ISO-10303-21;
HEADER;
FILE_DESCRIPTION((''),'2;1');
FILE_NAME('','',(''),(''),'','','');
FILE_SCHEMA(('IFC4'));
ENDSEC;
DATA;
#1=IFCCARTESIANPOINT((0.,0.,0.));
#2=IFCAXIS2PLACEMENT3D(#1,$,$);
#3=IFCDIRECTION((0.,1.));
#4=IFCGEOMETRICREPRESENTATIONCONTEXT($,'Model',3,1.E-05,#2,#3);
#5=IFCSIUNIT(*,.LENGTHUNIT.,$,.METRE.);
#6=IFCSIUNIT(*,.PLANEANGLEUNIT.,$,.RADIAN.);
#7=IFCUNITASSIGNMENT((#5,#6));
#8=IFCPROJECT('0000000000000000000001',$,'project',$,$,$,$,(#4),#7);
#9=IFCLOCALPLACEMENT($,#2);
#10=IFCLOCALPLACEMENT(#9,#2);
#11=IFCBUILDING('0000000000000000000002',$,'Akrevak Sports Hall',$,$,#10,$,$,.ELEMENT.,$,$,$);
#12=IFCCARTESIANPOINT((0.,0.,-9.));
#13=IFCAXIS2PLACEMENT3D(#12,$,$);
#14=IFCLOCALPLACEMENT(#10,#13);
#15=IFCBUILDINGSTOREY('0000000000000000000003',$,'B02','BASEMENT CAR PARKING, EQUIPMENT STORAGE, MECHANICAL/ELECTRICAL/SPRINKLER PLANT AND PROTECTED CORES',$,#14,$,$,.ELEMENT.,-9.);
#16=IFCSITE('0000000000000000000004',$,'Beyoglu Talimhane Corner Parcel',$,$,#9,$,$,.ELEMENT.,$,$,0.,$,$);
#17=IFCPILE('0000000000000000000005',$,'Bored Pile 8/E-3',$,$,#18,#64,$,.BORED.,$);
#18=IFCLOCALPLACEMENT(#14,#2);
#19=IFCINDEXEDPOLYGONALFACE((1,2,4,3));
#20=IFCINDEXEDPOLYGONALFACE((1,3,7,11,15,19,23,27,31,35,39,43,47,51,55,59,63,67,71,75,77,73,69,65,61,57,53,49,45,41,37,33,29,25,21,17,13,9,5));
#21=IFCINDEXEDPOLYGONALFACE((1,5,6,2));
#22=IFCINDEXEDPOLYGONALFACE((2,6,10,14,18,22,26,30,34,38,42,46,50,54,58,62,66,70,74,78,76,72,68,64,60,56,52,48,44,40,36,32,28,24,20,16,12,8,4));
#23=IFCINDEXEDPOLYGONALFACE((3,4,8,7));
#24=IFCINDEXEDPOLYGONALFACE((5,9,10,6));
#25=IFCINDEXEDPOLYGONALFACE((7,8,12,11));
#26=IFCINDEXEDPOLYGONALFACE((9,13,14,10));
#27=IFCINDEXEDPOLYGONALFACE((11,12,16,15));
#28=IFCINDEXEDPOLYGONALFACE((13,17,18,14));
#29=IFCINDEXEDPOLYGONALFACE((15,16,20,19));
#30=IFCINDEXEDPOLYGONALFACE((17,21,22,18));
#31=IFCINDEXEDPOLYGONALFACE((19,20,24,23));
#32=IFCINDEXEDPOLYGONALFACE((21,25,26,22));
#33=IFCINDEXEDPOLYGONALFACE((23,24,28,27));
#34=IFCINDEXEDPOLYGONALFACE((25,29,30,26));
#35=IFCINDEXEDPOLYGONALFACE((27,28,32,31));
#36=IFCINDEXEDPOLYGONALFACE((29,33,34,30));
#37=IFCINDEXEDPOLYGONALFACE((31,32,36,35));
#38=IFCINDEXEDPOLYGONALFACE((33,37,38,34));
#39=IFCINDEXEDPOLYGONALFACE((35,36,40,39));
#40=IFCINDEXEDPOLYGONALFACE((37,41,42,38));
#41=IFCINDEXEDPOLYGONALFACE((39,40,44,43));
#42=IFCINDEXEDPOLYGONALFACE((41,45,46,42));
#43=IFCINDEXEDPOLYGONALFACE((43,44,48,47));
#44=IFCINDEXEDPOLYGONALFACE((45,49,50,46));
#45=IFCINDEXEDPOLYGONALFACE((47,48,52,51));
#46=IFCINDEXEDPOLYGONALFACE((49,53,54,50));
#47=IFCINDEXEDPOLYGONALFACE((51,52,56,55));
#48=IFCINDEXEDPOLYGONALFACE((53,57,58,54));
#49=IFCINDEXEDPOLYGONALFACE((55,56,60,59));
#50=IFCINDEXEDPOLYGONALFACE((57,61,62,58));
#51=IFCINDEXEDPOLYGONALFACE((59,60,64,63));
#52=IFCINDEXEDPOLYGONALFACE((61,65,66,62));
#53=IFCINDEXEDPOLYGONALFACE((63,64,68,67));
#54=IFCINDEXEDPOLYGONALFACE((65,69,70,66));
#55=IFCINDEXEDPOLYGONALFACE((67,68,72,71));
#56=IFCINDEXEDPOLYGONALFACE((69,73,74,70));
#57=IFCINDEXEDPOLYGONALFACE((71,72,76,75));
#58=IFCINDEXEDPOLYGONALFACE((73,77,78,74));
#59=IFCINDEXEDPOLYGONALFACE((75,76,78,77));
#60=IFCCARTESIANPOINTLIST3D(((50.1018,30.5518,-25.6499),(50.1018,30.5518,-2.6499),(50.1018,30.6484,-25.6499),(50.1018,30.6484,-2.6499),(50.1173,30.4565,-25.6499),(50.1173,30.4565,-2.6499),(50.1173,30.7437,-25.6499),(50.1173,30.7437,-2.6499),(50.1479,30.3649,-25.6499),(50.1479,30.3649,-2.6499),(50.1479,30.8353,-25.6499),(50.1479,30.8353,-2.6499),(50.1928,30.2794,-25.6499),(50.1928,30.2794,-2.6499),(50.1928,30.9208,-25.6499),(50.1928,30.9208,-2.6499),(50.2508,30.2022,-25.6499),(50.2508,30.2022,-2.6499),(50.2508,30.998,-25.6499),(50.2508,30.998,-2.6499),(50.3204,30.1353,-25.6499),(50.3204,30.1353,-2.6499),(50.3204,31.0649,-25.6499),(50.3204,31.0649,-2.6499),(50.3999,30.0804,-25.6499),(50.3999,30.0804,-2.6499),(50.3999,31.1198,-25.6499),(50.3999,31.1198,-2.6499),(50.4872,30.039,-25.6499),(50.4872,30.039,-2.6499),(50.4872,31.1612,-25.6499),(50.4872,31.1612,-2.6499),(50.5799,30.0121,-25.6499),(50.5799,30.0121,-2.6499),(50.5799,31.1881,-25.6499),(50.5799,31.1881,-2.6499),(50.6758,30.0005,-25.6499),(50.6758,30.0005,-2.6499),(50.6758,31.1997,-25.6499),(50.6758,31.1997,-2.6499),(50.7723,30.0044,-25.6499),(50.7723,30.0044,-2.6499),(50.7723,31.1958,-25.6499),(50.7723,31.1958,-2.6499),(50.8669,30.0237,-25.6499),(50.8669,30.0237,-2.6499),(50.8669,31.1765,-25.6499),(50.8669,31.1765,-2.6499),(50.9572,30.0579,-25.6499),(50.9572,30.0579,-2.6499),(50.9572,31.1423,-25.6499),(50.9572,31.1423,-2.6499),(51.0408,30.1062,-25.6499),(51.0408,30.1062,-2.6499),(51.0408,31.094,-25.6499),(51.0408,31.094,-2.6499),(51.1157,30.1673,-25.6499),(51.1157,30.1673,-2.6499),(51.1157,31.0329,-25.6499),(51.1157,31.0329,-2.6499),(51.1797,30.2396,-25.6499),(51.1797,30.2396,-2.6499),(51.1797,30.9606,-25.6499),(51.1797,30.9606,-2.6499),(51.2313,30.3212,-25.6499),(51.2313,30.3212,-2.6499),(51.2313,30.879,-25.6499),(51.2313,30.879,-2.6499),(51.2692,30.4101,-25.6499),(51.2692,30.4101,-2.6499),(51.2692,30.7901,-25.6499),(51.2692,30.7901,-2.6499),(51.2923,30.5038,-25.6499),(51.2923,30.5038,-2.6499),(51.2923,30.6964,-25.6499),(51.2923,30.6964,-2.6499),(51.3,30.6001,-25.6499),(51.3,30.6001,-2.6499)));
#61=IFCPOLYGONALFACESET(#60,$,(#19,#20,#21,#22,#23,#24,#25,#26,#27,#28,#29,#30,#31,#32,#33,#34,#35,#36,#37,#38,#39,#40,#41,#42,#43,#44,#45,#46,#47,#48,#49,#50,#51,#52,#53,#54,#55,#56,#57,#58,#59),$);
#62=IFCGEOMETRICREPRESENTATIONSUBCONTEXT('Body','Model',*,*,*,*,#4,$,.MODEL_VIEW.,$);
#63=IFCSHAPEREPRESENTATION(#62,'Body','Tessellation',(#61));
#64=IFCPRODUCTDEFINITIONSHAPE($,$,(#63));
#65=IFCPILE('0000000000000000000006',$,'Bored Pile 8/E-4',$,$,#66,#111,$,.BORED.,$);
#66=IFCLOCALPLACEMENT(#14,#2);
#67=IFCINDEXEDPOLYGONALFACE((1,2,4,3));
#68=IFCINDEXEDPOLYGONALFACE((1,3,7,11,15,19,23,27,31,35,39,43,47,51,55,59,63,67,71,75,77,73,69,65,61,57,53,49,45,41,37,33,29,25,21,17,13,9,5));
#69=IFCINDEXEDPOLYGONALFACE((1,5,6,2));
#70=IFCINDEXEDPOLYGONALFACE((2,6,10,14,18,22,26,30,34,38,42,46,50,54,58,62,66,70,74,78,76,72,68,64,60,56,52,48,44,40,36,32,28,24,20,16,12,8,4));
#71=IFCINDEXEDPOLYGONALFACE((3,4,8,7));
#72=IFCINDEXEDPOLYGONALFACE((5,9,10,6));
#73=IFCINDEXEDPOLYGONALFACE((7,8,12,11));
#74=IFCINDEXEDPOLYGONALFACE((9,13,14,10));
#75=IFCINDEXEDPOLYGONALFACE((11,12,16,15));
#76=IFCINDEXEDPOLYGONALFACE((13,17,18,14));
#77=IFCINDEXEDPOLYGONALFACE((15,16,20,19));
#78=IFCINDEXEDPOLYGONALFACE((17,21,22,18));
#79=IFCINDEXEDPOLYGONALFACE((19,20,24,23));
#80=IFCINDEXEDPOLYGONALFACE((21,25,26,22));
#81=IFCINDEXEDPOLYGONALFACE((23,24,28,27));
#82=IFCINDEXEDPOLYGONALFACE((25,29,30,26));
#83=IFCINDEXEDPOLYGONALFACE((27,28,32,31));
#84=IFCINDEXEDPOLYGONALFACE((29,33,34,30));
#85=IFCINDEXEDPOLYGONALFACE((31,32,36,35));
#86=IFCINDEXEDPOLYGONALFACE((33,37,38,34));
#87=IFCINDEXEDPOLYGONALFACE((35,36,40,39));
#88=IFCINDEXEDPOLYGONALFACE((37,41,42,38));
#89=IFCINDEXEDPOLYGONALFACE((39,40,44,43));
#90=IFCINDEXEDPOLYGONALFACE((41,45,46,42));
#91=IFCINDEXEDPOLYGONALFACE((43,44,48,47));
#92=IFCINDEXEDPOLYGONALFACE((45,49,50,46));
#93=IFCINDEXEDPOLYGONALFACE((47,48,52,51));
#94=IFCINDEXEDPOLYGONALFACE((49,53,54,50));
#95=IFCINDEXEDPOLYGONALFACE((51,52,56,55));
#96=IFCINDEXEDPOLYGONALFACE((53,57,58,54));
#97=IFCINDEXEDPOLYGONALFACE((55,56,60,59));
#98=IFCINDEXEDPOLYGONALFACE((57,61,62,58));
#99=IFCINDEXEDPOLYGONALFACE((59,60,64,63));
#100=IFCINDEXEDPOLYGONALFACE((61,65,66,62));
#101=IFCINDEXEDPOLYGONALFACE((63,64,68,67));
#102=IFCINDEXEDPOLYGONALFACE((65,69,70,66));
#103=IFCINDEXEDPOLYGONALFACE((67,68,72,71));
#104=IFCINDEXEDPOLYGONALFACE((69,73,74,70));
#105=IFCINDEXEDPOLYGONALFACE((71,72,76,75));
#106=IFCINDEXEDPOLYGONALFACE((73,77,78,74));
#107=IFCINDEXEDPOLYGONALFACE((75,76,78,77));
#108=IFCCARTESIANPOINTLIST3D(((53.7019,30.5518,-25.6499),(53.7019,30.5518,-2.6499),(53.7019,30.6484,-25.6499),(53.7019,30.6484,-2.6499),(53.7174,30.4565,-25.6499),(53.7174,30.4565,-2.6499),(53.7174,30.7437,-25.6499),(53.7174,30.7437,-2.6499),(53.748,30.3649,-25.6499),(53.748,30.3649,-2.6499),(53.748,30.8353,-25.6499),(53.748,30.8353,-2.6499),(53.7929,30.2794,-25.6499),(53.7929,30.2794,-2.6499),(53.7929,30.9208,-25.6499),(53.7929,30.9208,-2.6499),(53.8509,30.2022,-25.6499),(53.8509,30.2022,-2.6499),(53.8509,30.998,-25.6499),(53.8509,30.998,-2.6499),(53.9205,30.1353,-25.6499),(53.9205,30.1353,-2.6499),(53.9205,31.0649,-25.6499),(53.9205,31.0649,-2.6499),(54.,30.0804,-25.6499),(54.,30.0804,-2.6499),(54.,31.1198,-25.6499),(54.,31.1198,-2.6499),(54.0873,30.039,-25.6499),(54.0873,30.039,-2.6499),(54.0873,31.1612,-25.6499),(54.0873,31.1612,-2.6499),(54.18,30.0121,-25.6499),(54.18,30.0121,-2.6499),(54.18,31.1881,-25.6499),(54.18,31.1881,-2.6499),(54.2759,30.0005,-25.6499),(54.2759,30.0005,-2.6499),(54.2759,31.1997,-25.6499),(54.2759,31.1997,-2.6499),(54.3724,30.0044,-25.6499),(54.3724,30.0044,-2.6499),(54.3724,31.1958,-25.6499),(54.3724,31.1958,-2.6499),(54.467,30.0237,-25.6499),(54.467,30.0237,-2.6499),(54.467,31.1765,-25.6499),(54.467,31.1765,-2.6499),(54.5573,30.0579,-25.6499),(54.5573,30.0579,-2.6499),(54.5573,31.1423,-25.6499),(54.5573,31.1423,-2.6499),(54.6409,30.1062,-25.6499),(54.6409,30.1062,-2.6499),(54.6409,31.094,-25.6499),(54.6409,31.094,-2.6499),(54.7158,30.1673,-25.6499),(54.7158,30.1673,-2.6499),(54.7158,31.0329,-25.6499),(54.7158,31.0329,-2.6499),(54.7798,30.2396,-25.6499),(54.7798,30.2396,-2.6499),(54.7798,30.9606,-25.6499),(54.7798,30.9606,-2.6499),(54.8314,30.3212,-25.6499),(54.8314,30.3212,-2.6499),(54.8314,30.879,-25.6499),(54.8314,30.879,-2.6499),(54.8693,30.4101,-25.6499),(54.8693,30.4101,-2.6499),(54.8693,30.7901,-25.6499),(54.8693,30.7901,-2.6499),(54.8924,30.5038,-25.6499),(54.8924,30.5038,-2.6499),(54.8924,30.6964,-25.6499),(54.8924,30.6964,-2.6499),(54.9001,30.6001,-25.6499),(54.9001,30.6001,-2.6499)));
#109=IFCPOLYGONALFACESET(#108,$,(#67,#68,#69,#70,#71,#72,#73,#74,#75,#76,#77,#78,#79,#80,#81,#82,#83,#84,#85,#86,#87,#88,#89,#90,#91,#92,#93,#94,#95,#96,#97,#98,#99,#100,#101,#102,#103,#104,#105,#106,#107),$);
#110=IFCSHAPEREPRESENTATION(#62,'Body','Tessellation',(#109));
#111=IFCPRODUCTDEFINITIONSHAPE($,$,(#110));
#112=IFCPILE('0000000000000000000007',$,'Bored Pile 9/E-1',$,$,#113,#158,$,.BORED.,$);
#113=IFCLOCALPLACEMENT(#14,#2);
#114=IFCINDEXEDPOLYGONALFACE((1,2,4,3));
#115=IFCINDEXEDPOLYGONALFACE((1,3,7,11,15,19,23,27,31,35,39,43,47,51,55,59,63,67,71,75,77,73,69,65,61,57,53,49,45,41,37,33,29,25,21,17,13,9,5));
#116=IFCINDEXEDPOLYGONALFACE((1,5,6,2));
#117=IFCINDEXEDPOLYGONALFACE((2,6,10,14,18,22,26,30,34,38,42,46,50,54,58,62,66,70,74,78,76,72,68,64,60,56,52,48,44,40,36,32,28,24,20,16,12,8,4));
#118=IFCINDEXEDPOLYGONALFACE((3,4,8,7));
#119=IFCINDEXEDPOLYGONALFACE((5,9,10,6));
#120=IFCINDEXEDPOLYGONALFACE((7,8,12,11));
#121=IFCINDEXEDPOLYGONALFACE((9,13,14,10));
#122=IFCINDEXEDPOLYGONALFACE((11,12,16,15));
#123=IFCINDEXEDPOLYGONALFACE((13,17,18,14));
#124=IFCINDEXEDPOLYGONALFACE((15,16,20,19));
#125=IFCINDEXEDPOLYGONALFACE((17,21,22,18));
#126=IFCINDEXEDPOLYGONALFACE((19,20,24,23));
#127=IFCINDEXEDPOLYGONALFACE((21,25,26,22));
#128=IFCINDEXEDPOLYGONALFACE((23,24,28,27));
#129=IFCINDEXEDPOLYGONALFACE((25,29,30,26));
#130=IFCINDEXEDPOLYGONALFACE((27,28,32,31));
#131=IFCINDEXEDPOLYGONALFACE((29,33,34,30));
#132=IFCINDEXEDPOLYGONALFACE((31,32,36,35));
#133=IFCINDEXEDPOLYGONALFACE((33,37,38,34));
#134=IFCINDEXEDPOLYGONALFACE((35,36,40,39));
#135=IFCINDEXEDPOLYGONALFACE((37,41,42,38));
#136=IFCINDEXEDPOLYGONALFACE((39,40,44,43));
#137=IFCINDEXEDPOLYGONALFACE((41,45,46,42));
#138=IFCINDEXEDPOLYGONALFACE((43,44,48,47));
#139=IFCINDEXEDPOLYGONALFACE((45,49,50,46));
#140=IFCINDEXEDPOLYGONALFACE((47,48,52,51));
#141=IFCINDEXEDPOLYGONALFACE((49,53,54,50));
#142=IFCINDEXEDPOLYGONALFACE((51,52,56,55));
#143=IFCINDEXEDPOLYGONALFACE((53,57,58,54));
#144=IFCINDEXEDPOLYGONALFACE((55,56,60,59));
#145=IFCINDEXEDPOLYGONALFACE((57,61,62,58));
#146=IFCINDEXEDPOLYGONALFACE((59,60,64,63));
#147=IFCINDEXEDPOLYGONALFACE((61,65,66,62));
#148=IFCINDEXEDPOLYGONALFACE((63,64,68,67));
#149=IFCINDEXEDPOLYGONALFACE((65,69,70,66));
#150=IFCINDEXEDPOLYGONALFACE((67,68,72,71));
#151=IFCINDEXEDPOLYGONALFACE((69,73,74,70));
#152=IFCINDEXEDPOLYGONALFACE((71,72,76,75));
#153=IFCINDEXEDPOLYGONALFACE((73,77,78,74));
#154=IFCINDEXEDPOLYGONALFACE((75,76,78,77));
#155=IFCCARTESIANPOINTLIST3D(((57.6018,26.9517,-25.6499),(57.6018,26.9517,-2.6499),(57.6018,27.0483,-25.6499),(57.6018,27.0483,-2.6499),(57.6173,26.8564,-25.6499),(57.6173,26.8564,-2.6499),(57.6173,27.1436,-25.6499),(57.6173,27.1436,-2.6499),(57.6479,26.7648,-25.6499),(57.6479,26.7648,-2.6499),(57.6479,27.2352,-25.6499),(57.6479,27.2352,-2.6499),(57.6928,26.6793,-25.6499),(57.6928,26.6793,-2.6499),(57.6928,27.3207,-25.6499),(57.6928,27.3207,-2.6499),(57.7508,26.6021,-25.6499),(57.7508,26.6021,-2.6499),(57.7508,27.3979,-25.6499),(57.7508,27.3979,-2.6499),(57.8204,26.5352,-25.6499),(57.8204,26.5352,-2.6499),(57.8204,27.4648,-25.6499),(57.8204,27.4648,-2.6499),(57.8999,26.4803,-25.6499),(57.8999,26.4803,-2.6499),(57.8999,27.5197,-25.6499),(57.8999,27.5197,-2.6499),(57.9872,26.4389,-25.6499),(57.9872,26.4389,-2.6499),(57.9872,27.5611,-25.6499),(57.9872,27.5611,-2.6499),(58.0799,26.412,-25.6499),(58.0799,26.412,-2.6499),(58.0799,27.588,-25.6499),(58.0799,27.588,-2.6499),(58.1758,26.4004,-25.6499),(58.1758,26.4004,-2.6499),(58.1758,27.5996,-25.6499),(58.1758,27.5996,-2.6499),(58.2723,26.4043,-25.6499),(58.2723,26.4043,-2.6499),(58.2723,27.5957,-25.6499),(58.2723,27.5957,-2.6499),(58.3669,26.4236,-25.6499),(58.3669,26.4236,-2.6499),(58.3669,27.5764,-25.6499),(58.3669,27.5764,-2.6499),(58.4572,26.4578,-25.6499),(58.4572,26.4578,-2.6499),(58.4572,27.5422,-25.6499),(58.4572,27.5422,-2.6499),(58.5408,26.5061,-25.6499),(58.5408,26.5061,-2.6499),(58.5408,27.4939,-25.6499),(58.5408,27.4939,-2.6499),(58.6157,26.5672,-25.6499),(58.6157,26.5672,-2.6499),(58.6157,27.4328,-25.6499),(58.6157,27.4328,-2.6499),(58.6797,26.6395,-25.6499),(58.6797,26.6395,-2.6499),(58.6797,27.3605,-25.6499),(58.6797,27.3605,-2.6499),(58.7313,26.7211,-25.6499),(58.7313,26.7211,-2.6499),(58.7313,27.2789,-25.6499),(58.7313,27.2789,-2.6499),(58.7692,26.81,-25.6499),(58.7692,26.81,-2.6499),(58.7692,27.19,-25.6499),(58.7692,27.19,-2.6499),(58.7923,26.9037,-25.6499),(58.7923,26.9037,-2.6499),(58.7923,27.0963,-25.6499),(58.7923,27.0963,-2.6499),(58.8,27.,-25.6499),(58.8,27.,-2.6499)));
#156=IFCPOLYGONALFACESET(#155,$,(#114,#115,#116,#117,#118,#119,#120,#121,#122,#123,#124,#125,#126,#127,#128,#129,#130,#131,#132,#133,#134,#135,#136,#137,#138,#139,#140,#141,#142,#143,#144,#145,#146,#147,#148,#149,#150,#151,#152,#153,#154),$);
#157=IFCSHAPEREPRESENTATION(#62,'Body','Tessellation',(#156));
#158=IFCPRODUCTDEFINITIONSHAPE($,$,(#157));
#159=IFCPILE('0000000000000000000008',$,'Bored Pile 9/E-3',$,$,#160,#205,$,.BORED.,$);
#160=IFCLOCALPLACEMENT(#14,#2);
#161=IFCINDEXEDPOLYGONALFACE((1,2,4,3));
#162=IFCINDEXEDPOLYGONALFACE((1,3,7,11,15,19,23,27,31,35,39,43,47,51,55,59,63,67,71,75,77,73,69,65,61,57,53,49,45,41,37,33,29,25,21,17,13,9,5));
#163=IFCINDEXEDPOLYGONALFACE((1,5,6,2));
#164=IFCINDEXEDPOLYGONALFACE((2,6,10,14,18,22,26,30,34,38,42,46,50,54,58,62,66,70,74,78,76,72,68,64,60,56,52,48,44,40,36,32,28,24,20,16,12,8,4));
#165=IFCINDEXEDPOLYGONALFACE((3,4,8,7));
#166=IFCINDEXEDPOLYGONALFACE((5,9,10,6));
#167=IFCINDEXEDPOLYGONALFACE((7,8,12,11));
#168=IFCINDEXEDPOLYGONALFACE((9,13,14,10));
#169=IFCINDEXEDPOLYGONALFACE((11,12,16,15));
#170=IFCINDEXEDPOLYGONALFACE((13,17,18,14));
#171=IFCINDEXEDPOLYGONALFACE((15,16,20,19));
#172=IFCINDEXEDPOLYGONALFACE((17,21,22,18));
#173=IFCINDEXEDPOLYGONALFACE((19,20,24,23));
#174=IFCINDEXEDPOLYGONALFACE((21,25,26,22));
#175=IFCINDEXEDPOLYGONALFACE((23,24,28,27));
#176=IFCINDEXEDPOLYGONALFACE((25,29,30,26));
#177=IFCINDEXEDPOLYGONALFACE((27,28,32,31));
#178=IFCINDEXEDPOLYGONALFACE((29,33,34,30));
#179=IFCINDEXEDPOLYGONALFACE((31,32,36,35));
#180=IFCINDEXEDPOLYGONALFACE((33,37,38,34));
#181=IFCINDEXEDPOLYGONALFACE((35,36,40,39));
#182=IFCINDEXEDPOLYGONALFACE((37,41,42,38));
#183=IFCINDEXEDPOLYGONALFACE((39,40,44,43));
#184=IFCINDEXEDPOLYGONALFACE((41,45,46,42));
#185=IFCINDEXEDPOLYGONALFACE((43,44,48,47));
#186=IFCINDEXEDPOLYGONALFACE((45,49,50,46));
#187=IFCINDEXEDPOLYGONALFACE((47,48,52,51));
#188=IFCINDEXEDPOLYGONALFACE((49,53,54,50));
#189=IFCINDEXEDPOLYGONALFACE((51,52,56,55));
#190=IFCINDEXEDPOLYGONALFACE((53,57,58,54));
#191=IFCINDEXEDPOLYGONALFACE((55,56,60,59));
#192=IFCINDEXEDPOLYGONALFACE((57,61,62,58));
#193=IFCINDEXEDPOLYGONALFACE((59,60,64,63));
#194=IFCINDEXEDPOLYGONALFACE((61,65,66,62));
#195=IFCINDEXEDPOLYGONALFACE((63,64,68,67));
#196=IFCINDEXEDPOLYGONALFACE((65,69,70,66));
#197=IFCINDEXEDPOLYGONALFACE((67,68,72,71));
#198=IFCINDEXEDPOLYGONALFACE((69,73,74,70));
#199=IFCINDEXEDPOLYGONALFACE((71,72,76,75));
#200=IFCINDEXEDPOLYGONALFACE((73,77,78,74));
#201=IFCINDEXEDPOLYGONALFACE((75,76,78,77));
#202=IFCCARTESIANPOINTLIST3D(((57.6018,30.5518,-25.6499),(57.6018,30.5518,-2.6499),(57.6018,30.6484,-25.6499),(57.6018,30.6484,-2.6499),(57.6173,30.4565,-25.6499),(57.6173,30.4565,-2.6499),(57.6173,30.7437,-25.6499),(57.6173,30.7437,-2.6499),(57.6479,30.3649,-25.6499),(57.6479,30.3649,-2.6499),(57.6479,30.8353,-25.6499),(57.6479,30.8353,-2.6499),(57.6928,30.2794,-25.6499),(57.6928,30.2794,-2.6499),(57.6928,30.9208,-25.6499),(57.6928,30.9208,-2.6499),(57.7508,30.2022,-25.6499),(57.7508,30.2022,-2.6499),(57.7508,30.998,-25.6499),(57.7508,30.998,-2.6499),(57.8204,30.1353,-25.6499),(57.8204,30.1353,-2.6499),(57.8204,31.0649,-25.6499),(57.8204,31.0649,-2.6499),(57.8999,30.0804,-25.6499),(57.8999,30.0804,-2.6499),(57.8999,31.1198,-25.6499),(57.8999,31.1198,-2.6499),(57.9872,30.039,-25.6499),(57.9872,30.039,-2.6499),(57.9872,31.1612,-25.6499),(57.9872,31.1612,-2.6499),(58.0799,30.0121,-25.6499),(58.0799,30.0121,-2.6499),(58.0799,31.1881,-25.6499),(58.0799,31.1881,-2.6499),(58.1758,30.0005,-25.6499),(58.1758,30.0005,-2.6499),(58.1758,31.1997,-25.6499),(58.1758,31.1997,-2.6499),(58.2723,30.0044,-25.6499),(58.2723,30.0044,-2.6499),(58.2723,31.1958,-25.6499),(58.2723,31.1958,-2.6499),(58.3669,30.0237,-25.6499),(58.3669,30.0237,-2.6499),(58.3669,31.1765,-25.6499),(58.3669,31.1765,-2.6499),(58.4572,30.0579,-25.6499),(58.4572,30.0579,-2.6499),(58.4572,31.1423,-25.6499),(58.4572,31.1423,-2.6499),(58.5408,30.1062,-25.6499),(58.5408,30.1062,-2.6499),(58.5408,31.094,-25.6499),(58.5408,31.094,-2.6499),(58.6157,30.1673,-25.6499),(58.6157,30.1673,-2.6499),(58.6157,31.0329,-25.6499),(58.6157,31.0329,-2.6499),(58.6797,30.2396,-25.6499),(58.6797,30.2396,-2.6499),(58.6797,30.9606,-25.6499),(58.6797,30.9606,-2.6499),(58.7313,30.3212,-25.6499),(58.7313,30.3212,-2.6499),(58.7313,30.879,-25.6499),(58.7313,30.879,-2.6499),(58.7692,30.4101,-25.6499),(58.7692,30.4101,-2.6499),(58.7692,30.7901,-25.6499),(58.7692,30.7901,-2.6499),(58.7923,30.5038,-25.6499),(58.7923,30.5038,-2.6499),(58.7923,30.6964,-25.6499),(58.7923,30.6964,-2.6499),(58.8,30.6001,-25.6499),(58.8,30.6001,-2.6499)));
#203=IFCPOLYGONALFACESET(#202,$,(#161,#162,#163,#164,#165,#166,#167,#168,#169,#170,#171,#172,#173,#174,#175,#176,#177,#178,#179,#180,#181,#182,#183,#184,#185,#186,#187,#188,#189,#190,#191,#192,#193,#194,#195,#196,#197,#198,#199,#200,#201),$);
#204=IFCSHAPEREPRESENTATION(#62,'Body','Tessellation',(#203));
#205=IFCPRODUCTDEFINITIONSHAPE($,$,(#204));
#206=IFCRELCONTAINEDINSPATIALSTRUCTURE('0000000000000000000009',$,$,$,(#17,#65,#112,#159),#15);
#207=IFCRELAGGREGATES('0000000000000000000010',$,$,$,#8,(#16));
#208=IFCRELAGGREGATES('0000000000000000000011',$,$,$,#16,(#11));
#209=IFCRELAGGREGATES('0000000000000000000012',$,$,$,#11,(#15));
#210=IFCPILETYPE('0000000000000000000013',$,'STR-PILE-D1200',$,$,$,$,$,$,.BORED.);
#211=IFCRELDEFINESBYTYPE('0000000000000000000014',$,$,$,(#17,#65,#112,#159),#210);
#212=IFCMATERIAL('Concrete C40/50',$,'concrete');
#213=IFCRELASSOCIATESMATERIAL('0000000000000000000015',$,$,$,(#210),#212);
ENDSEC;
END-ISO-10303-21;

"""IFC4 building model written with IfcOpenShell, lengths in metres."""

from ifc_helpers import new_model, si_unit, direction, frame, origin, origin_2d, place, context, subcontext, project, spatial, circle, extrude, material, material_profile, profile_set, type_object, element, save


model = new_model("IFC4")

# Units and contexts
model_context = context("Model", 3, precision=1e-05, world=origin(), true_north=direction((0.0, 1.0)))
body_context = subcontext(model_context, "Body", "Model", "MODEL_VIEW")
ifc_project = project(units=[si_unit("LENGTHUNIT", "METRE"), si_unit("PLANEANGLEUNIT", "RADIAN")], contexts=[model_context])

# Site, building, storey
site_placement = place(None, origin())
site = spatial("IfcSite", under=ifc_project, at=site_placement, Name="Beyoglu Talimhane Corner Parcel", CompositionType="ELEMENT", RefElevation=0.0)
building_placement = place(site_placement, origin())
building = spatial("IfcBuilding", under=site, at=building_placement, Name="Akrevak Sports Hall", CompositionType="ELEMENT")
storey_placement = place(building_placement, frame((0.0, 0.0, -9.0)))
storey = spatial("IfcBuildingStorey", under=building, at=storey_placement, Name="B02", Description="BASEMENT CAR PARKING, EQUIPMENT STORAGE, MECHANICAL/ELECTRICAL/SPRINKLER PLANT AND PROTECTED CORES", CompositionType="ELEMENT", Elevation=-9.0)

# Shared definitions
ifc_material_1 = material(Name="Concrete C40/50", Category="concrete")

# Piles
ifc_material_profile_1 = material_profile(ifc_material_1, circle(Radius=0.6001, at=origin_2d()), Name="BORED PILE D1200", Category="concrete")
ifc_profile_set_1 = profile_set([ifc_material_profile_1], Name="Concrete C40/50")
pile_type_1 = type_object("IfcPileType", Name="STR-PILE-D1200", PredefinedType="BORED", material=ifc_profile_set_1)
for number, where, z_axis, x_axis, name in (
    (1, (50.7, 30.6001, -2.6499), (0.0, 0.0, -1.0), (1.0, 0.0, 0.0), "Bored Pile 8/E-3"),
    (2, (54.3, 30.6001, -2.6499), (0.0, 0.0, -1.0), (1.0, 0.0, 0.0), "Bored Pile 8/E-4"),
    (3, (58.2, 27.0, -2.6499), (0.0, 0.0, -1.0), (1.0, 0.0, 0.0), "Bored Pile 9/E-1"),
    (4, (58.2, 30.6001, -2.6499), (0.0, 0.0, -1.0), (1.0, 0.0, 0.0), "Bored Pile 9/E-3"),
):
    element("IfcPile", number, at=place(storey_placement, frame(where, z_axis=z_axis, x_axis=x_axis)), inside=storey, type_object=pile_type_1, Name=name, PredefinedType="BORED", context=body_context, shape_type="SweptSolid", body=[
        extrude(circle(Radius=0.6001, at=origin_2d()), origin(), (0.0, 0.0, 1.0), 23.0),
    ])

save(model, "model.ifc")
